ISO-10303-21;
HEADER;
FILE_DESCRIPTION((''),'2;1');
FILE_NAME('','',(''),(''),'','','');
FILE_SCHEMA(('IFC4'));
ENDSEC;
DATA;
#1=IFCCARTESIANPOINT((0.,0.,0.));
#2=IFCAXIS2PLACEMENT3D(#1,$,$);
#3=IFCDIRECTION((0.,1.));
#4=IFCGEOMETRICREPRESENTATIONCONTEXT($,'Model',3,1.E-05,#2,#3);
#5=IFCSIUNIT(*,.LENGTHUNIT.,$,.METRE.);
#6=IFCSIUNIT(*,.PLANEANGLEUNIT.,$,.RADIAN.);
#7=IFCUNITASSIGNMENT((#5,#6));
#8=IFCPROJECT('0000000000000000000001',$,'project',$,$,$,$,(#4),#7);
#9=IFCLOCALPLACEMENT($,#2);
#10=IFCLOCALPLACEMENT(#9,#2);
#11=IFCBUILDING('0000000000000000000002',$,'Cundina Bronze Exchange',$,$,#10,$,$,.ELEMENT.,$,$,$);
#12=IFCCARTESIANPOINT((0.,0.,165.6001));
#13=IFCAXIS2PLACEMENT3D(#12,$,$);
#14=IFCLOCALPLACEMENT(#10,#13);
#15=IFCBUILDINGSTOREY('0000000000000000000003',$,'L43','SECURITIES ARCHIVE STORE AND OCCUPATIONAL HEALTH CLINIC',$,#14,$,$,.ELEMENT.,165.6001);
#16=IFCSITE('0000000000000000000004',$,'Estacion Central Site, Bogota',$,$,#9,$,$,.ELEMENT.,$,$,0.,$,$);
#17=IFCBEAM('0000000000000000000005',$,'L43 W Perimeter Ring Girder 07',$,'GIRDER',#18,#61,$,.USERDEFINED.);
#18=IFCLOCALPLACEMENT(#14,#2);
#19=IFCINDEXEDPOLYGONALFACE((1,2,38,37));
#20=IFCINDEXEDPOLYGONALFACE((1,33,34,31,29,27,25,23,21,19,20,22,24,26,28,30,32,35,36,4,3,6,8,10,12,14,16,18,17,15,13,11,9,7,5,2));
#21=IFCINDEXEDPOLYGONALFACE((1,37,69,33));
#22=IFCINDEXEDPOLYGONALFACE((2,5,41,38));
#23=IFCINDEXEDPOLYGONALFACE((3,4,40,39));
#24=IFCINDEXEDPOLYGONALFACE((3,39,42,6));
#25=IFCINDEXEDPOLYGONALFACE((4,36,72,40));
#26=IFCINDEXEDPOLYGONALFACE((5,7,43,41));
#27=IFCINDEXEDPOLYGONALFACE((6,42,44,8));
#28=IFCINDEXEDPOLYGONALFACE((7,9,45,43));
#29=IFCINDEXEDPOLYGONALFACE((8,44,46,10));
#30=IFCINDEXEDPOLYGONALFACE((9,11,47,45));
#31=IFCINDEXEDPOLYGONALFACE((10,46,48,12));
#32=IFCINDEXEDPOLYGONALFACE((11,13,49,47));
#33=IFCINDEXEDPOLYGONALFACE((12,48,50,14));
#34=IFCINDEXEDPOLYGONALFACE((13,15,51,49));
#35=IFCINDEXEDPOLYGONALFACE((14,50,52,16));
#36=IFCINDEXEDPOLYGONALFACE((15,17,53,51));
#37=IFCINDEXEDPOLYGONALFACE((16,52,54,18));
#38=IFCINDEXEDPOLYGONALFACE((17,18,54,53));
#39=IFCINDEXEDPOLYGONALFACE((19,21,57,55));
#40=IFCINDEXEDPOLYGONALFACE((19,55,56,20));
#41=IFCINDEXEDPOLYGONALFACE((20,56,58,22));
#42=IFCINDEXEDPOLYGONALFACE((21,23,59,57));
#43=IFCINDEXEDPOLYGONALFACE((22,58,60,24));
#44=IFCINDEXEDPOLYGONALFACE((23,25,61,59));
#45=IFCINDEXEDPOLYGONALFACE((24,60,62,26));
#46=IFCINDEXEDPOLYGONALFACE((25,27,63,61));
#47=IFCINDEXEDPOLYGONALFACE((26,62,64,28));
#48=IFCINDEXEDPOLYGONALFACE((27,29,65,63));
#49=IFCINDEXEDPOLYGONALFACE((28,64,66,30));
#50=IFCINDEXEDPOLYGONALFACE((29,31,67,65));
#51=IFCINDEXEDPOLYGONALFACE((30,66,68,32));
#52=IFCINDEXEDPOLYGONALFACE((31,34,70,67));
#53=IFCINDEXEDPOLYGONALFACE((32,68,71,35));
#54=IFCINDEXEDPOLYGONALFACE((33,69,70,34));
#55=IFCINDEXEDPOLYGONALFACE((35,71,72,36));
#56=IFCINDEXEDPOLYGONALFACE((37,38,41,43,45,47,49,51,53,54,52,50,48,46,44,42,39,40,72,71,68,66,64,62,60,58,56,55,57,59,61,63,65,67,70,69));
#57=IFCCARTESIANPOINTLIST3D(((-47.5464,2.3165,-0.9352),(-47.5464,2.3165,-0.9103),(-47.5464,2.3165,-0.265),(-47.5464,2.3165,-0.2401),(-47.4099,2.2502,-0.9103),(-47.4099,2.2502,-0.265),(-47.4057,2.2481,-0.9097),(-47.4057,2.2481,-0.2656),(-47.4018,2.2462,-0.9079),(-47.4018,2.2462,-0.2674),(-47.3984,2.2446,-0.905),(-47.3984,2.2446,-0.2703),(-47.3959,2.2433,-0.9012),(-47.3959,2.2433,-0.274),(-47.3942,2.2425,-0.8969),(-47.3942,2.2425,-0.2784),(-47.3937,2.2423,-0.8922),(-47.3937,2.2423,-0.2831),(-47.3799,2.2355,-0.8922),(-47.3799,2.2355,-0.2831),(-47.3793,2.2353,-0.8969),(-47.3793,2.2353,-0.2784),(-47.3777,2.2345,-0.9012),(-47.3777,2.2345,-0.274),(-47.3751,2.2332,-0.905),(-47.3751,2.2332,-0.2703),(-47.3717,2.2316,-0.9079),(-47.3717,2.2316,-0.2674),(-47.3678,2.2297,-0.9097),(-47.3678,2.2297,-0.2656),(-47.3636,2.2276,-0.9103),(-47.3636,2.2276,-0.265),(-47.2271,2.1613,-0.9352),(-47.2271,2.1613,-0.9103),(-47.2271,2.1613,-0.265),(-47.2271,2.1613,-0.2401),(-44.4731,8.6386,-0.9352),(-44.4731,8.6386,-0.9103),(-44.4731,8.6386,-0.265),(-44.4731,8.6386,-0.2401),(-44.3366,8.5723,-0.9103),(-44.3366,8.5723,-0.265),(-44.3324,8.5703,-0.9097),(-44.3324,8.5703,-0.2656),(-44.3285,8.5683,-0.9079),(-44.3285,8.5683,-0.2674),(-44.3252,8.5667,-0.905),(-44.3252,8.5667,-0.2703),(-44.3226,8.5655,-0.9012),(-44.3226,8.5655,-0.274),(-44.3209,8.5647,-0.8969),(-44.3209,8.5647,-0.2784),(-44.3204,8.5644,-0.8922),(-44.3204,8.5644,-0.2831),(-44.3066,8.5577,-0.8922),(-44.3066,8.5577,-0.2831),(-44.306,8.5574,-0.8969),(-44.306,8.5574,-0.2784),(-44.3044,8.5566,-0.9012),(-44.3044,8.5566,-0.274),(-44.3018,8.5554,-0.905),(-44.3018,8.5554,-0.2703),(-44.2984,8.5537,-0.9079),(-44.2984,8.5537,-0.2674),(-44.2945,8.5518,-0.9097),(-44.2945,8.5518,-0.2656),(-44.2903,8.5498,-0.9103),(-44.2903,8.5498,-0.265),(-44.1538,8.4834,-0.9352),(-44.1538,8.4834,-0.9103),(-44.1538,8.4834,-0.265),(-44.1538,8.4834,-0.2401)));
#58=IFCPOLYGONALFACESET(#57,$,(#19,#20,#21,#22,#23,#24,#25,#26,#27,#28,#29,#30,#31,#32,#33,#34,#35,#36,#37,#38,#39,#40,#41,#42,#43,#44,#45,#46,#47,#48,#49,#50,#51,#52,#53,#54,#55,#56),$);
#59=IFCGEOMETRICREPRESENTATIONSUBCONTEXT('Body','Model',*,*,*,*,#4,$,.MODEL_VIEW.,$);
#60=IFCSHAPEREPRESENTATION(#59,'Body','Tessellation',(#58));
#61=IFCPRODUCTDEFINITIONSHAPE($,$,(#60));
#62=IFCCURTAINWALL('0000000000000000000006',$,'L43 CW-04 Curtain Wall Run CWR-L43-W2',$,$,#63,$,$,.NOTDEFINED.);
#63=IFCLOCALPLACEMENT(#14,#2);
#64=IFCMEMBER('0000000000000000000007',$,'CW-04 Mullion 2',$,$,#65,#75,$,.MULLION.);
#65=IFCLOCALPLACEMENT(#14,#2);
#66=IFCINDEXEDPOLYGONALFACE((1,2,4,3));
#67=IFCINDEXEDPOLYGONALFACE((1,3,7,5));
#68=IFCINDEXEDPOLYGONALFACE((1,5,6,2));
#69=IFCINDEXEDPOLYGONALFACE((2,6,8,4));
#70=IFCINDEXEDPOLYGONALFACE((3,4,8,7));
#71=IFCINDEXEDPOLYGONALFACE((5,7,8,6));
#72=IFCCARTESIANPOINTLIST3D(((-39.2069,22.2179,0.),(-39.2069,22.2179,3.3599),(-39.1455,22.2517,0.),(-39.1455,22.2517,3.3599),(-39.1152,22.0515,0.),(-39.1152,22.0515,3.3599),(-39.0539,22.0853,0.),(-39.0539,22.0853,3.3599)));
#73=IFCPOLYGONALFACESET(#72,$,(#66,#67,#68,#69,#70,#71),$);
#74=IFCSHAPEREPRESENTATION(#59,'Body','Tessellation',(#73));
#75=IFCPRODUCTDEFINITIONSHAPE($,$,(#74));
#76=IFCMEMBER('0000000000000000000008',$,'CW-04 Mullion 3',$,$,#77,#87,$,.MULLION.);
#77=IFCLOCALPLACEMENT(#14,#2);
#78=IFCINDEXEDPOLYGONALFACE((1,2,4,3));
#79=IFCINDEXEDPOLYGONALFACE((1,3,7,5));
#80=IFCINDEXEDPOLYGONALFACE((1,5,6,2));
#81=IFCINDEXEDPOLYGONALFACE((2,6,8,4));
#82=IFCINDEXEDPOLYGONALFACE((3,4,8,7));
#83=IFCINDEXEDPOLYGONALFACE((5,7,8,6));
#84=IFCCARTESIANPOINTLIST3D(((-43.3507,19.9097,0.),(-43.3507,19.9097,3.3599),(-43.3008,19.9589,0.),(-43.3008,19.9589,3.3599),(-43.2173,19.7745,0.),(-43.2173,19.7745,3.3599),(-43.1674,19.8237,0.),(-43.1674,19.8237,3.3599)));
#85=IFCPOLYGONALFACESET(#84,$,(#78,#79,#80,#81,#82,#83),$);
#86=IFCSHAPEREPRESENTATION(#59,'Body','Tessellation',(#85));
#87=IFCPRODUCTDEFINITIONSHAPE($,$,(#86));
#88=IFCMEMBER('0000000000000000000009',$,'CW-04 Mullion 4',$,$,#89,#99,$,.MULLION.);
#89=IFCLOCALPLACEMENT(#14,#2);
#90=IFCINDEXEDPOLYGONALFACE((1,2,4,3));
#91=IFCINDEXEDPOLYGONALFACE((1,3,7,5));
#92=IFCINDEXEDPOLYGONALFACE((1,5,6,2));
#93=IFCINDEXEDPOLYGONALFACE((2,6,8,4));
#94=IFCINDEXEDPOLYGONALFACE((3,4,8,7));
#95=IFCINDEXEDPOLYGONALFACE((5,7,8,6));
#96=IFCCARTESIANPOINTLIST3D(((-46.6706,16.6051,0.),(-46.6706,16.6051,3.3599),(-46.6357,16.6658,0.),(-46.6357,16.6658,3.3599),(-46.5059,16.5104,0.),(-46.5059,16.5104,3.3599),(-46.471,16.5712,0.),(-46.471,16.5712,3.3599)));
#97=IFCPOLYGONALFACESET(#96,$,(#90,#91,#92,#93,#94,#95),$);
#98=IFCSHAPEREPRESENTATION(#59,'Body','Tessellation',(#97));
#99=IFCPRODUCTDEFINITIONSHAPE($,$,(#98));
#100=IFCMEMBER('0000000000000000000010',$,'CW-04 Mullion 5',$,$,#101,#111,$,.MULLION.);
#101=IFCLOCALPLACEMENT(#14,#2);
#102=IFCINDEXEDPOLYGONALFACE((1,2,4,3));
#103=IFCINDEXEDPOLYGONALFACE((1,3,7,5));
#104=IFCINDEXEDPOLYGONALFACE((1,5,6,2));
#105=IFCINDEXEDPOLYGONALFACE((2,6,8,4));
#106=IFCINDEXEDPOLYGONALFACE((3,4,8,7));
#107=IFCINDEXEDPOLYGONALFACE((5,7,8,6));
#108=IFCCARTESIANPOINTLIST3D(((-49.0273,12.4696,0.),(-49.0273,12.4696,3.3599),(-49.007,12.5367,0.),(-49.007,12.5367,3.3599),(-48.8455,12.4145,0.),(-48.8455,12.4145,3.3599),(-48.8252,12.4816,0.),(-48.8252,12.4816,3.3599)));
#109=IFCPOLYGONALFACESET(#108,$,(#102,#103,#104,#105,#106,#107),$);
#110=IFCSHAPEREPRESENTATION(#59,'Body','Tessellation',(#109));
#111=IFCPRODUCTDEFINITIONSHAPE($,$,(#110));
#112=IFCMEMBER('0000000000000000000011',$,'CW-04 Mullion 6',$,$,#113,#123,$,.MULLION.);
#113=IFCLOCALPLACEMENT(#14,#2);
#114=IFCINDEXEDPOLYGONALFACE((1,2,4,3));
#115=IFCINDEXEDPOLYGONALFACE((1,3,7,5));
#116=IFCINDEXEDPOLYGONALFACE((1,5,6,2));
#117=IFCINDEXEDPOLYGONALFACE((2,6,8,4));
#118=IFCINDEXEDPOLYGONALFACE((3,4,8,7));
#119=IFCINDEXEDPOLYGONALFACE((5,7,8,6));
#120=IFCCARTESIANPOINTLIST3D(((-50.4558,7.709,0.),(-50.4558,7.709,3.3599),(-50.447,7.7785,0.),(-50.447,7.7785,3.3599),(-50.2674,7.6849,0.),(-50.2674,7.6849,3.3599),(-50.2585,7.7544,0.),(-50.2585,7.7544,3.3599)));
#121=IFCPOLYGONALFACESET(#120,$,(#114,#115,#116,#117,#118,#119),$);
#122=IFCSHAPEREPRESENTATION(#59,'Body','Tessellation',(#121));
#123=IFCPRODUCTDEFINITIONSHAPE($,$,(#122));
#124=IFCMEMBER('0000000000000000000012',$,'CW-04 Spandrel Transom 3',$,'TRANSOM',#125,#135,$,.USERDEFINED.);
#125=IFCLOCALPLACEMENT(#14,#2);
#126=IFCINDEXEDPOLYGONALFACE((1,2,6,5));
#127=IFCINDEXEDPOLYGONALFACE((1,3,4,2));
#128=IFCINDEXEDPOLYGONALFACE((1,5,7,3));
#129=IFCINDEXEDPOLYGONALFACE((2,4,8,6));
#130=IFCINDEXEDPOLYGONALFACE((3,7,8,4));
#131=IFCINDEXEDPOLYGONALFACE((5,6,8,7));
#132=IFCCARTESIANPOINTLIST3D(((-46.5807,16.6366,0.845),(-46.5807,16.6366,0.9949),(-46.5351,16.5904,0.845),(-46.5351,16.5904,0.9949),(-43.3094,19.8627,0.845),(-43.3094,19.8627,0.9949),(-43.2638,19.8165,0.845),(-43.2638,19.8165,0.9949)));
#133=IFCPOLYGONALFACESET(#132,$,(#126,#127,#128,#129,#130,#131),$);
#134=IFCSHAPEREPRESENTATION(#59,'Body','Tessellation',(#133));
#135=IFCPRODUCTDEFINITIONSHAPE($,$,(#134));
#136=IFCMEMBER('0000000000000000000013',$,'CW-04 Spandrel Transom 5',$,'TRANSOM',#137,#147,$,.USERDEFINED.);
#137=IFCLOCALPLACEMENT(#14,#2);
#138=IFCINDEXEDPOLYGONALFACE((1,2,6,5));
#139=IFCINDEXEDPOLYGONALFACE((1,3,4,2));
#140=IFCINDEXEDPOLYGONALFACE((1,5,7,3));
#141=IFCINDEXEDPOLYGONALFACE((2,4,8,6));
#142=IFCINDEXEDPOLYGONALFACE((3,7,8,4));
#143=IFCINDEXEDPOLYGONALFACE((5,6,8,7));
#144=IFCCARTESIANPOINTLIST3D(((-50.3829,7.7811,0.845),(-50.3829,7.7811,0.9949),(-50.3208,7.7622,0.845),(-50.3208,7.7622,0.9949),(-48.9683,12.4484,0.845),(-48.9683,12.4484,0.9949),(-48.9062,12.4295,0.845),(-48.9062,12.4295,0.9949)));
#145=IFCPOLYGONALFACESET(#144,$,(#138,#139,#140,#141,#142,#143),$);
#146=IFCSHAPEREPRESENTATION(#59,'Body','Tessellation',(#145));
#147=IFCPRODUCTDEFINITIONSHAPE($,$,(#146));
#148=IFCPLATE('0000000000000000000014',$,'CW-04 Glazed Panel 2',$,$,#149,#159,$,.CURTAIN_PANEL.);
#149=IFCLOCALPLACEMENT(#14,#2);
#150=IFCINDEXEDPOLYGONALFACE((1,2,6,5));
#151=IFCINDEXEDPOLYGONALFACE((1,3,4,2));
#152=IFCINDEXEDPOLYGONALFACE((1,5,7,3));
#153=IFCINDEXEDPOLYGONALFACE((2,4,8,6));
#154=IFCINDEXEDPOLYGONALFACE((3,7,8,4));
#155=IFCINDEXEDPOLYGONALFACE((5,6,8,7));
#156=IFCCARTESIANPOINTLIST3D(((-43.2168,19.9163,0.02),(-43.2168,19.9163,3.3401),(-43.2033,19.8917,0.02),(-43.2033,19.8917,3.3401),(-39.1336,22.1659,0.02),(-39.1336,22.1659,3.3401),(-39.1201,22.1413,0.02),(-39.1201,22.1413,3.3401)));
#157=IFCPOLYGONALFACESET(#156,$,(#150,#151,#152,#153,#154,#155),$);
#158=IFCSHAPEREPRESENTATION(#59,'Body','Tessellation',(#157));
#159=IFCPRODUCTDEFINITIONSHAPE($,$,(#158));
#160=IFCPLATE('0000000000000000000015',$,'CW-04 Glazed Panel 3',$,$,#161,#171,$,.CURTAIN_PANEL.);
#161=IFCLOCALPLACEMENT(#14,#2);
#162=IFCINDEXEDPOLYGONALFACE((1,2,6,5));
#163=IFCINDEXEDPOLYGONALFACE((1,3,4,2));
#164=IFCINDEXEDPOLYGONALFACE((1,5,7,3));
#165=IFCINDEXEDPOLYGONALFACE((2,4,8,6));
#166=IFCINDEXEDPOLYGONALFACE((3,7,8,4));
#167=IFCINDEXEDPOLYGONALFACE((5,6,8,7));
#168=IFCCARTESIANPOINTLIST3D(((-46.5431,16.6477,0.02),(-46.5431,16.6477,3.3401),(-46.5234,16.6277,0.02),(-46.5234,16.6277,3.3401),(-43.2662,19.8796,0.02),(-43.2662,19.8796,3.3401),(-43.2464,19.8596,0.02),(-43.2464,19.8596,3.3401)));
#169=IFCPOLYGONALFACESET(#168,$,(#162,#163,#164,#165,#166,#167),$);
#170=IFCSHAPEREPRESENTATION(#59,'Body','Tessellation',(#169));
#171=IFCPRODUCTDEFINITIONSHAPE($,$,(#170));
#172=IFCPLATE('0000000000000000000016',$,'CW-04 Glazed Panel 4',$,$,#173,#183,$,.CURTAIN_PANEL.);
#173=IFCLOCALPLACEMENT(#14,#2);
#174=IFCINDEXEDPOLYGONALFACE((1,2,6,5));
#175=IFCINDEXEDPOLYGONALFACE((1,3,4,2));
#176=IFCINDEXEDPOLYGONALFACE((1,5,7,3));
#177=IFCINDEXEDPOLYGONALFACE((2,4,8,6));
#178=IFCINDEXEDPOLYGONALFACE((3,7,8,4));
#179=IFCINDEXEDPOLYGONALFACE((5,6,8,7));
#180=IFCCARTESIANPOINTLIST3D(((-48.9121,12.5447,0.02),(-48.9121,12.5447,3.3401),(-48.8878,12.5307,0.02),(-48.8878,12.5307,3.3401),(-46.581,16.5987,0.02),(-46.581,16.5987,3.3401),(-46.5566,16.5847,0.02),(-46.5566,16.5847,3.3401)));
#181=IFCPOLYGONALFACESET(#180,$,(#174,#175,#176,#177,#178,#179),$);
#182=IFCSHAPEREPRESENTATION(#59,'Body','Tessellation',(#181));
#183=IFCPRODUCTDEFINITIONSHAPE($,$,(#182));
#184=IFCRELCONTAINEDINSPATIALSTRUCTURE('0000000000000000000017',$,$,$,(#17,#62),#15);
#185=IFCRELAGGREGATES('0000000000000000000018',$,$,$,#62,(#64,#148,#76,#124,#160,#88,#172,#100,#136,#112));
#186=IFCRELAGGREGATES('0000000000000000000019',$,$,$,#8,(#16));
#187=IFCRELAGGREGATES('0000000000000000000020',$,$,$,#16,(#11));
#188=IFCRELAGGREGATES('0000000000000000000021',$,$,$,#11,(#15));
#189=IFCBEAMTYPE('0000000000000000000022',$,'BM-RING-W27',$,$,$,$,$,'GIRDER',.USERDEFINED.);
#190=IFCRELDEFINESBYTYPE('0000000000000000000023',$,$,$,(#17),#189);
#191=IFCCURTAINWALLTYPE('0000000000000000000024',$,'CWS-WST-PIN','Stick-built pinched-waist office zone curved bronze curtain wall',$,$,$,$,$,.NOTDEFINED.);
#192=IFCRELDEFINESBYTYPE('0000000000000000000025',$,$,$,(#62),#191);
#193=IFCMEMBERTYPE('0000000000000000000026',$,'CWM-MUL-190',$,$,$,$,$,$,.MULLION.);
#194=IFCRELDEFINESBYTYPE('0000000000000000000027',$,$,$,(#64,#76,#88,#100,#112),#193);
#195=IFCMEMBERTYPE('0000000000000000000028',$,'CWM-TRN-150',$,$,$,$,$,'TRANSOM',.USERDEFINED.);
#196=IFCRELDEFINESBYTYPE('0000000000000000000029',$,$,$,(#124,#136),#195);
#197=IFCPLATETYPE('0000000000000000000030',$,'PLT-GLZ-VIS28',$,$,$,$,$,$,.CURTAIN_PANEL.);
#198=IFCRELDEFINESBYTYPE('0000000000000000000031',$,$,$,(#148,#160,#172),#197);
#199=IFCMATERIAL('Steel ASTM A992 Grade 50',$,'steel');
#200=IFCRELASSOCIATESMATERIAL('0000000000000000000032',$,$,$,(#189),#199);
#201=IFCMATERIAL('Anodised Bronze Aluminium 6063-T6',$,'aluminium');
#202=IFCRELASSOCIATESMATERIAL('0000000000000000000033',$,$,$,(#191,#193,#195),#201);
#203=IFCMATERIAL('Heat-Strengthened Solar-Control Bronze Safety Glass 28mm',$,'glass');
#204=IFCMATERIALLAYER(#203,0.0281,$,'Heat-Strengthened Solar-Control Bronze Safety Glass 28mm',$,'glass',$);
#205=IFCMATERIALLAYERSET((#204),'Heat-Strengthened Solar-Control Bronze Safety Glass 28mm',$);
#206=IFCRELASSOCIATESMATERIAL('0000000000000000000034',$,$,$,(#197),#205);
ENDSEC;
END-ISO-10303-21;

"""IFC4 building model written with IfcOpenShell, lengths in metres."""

from ifc_helpers import new_model, si_unit, direction, frame, origin, origin_2d, place, context, subcontext, project, spatial, rectangle, i_section, extrude, material, layer, layer_set, material_profile, profile_set, type_object, element, aggregate, save


model = new_model("IFC4")

# Units and contexts
model_context = context("Model", 3, precision=1e-05, world=origin(), true_north=direction((0.0, 1.0)))
body_context = subcontext(model_context, "Body", "Model", "MODEL_VIEW")
ifc_project = project(units=[si_unit("LENGTHUNIT", "METRE"), si_unit("PLANEANGLEUNIT", "RADIAN")], contexts=[model_context])

# Site, building, storey
site_placement = place(None, origin())
site = spatial("IfcSite", under=ifc_project, at=site_placement, Name="Estacion Central Site, Bogota", CompositionType="ELEMENT", RefElevation=0.0)
building_placement = place(site_placement, origin())
building = spatial("IfcBuilding", under=site, at=building_placement, Name="Cundina Bronze Exchange", CompositionType="ELEMENT")
storey_placement = place(building_placement, frame((0.0, 0.0, 165.6001)))
storey = spatial("IfcBuildingStorey", under=building, at=storey_placement, Name="L43", Description="SECURITIES ARCHIVE STORE AND OCCUPATIONAL HEALTH CLINIC", CompositionType="ELEMENT", Elevation=165.6001)

# Beam
ifc_material_1 = material(Name="Steel ASTM A992 Grade 50", Category="steel")
ifc_material_profile_1 = material_profile(ifc_material_1, i_section(OverallWidth=0.355, OverallDepth=0.6951, WebThickness=0.0154, FlangeThickness=0.0249, FilletRadius=0.0181, at=origin_2d()), Name="W27X146", Category="steel")
ifc_profile_set_1 = profile_set([ifc_material_profile_1], Name="Steel ASTM A992 Grade 50")
beam_type_1 = type_object("IfcBeamType", Name="BM-RING-W27", ElementType="GIRDER", PredefinedType="USERDEFINED", material=ifc_profile_set_1)
for number, where, z_axis, x_axis, name in (
    (1, (-44.3135, 8.561, -0.5876), (-0.437197, -0.899366, 0.0), (0.899366, -0.437197, 0.0), "L43 W Perimeter Ring Girder 07"),
):
    element("IfcBeam", number, at=place(storey_placement, frame(where, z_axis=z_axis, x_axis=x_axis)), inside=storey, type_object=beam_type_1, Name=name, ObjectType="GIRDER", PredefinedType="USERDEFINED", context=body_context, shape_type="SweptSolid", body=[
        extrude(i_section(OverallWidth=0.355, OverallDepth=0.6951, WebThickness=0.0154, FlangeThickness=0.0249, FilletRadius=0.0181, at=origin_2d()), origin(), (0.0, 0.0, 1.0), 7.0295),
    ])

# Curtain wall, members, plates
ifc_material_2 = material(Name="Anodised Bronze Aluminium 6063-T6", Category="aluminium")
curtain_wall_type = type_object("IfcCurtainWallType", Name="CWS-WST-PIN", Description="Stick-built pinched-waist office zone curved bronze curtain wall", PredefinedType="NOTDEFINED", material=ifc_material_2)
curtain_wall_placement = place(storey_placement, origin())
curtain_wall = element("IfcCurtainWall", 2, at=curtain_wall_placement, inside=storey, type_object=curtain_wall_type, Name="L43 CW-04 Curtain Wall Run CWR-L43-W2", PredefinedType="NOTDEFINED")
ifc_material_profile_2 = material_profile(ifc_material_2, rectangle(XDim=0.0701, YDim=0.1899, at=origin_2d()), Name="AL70X190", Category="aluminium")
ifc_profile_set_2 = profile_set([ifc_material_profile_2], Name="Anodised Bronze Aluminium 6063-T6")
member_type_1 = type_object("IfcMemberType", Name="CWM-MUL-190", PredefinedType="MULLION", material=ifc_profile_set_2)
member_1_placement = place(storey_placement, frame((-39.1304, 22.1516, 0.0), z_axis=(0.0, 0.0, 1.0), x_axis=(-0.875886, -0.482518, 0.0)))
member_1 = element("IfcMember", 3, at=member_1_placement, type_object=member_type_1, Name="CW-04 Mullion 2", PredefinedType="MULLION", context=body_context, shape_type="SweptSolid", body=[
    extrude(rectangle(XDim=0.0701, YDim=0.1899, at=origin_2d()), origin(), (0.0, 0.0, 1.0), 3.3599),
])
member_2_placement = place(storey_placement, frame((-43.259, 19.8667, 0.0), z_axis=(0.0, 0.0, 1.0), x_axis=(-0.712026, -0.702153, 0.0)))
member_2 = element("IfcMember", 4, at=member_2_placement, type_object=member_type_1, Name="CW-04 Mullion 3", PredefinedType="MULLION", context=body_context, shape_type="SweptSolid", body=[
    extrude(rectangle(XDim=0.0701, YDim=0.1899, at=origin_2d()), origin(), (0.0, 0.0, 1.0), 3.3599),
])
member_3_placement = place(storey_placement, frame((-46.5708, 16.5881, 0.0), z_axis=(0.0, 0.0, 1.0), x_axis=(-0.498488, -0.866897, 0.0)))
member_3 = element("IfcMember", 5, at=member_3_placement, type_object=member_type_1, Name="CW-04 Mullion 4", PredefinedType="MULLION", context=body_context, shape_type="SweptSolid", body=[
    extrude(rectangle(XDim=0.0701, YDim=0.1899, at=origin_2d()), origin(), (0.0, 0.0, 1.0), 3.3599),
])
member_4_placement = place(storey_placement, frame((-48.9263, 12.4756, 0.0), z_axis=(0.0, 0.0, 1.0), x_axis=(-0.290034, -0.957016, 0.0)))
member_4 = element("IfcMember", 6, at=member_4_placement, type_object=member_type_1, Name="CW-04 Mullion 5", PredefinedType="MULLION", context=body_context, shape_type="SweptSolid", body=[
    extrude(rectangle(XDim=0.0701, YDim=0.1899, at=origin_2d()), origin(), (0.0, 0.0, 1.0), 3.3599),
])
member_5_placement = place(storey_placement, frame((-50.3572, 7.7317, 0.0), z_axis=(0.0, 0.0, 1.0), x_axis=(-0.126545, -0.991961, 0.0)))
member_5 = element("IfcMember", 7, at=member_5_placement, type_object=member_type_1, Name="CW-04 Mullion 6", PredefinedType="MULLION", context=body_context, shape_type="SweptSolid", body=[
    extrude(rectangle(XDim=0.0701, YDim=0.1899, at=origin_2d()), origin(), (0.0, 0.0, 1.0), 3.3599),
])
ifc_material_profile_3 = material_profile(ifc_material_2, rectangle(XDim=0.0649, YDim=0.1499, at=origin_2d()), Name="AL65X150", Category="aluminium")
ifc_profile_set_3 = profile_set([ifc_material_profile_3], Name="Anodised Bronze Aluminium 6063-T6")
member_type_2 = type_object("IfcMemberType", Name="CWM-TRN-150", ElementType="TRANSOM", PredefinedType="USERDEFINED", material=ifc_profile_set_3)
member_6_placement = place(storey_placement, frame((-43.2866, 19.8396, 0.9199), z_axis=(-0.712005, -0.702174, 0.0), x_axis=(0.702174, -0.712005, 0.0)))
member_6 = element("IfcMember", 8, at=member_6_placement, type_object=member_type_2, Name="CW-04 Spandrel Transom 3", ObjectType="TRANSOM", PredefinedType="USERDEFINED", context=body_context, shape_type="SweptSolid", body=[
    extrude(rectangle(XDim=0.0649, YDim=0.1499, at=origin_2d()), origin(), (0.0, 0.0, 1.0), 4.5945),
])
member_7_placement = place(storey_placement, frame((-48.9373, 12.439, 0.9199), z_axis=(-0.290052, -0.957011, 0.0), x_axis=(0.957011, -0.290052, 0.0)))
member_7 = element("IfcMember", 9, at=member_7_placement, type_object=member_type_2, Name="CW-04 Spandrel Transom 5", ObjectType="TRANSOM", PredefinedType="USERDEFINED", context=body_context, shape_type="SweptSolid", body=[
    extrude(rectangle(XDim=0.0649, YDim=0.1499, at=origin_2d()), origin(), (0.0, 0.0, 1.0), 4.877),
])
ifc_material_3 = material(Name="Heat-Strengthened Solar-Control Bronze Safety Glass 28mm", Category="glass")
ifc_layer_1 = layer(ifc_material_3, 0.0281, Name="Heat-Strengthened Solar-Control Bronze Safety Glass 28mm", Category="glass")
ifc_layer_set_1 = layer_set([ifc_layer_1], Name="Heat-Strengthened Solar-Control Bronze Safety Glass 28mm")
plate_type_1 = type_object("IfcPlateType", Name="PLT-GLZ-VIS28", PredefinedType="CURTAIN_PANEL", material=ifc_layer_set_1)
plate_1_placement = place(storey_placement, frame((-41.1685, 21.0288, 0.02), z_axis=(0.0, 0.0, 1.0), x_axis=(-0.875869, -0.482549, 0.0)))
plate_1 = element("IfcPlate", 10, at=plate_1_placement, type_object=plate_type_1, Name="CW-04 Glazed Panel 2", PredefinedType="CURTAIN_PANEL", context=body_context, shape_type="SweptSolid", body=[
    extrude(rectangle(XDim=4.6619, YDim=0.0281, at=origin_2d()), origin(), (0.0, 0.0, 1.0), 3.3201),
])
plate_2_placement = place(storey_placement, frame((-44.8948, 18.2537, 0.02), z_axis=(0.0, 0.0, 1.0), x_axis=(-0.711989, -0.70219, 0.0)))
plate_2 = element("IfcPlate", 11, at=plate_2_placement, type_object=plate_type_1, Name="CW-04 Glazed Panel 3", PredefinedType="CURTAIN_PANEL", context=body_context, shape_type="SweptSolid", body=[
    extrude(rectangle(XDim=4.6025, YDim=0.0281, at=origin_2d()), origin(), (0.0, 0.0, 1.0), 3.3201),
])
plate_3_placement = place(storey_placement, frame((-47.7344, 14.5647, 0.02), z_axis=(0.0, 0.0, 1.0), x_axis=(-0.498488, -0.866897, 0.0)))
plate_3 = element("IfcPlate", 12, at=plate_3_placement, type_object=plate_type_1, Name="CW-04 Glazed Panel 4", PredefinedType="CURTAIN_PANEL", context=body_context, shape_type="SweptSolid", body=[
    extrude(rectangle(XDim=4.6765, YDim=0.0281, at=origin_2d()), origin(), (0.0, 0.0, 1.0), 3.3201),
])
aggregate(curtain_wall, [member_1, plate_1, member_2, member_6, plate_2, member_3, plate_3, member_4, member_7, member_5])

save(model, "model.ifc")
